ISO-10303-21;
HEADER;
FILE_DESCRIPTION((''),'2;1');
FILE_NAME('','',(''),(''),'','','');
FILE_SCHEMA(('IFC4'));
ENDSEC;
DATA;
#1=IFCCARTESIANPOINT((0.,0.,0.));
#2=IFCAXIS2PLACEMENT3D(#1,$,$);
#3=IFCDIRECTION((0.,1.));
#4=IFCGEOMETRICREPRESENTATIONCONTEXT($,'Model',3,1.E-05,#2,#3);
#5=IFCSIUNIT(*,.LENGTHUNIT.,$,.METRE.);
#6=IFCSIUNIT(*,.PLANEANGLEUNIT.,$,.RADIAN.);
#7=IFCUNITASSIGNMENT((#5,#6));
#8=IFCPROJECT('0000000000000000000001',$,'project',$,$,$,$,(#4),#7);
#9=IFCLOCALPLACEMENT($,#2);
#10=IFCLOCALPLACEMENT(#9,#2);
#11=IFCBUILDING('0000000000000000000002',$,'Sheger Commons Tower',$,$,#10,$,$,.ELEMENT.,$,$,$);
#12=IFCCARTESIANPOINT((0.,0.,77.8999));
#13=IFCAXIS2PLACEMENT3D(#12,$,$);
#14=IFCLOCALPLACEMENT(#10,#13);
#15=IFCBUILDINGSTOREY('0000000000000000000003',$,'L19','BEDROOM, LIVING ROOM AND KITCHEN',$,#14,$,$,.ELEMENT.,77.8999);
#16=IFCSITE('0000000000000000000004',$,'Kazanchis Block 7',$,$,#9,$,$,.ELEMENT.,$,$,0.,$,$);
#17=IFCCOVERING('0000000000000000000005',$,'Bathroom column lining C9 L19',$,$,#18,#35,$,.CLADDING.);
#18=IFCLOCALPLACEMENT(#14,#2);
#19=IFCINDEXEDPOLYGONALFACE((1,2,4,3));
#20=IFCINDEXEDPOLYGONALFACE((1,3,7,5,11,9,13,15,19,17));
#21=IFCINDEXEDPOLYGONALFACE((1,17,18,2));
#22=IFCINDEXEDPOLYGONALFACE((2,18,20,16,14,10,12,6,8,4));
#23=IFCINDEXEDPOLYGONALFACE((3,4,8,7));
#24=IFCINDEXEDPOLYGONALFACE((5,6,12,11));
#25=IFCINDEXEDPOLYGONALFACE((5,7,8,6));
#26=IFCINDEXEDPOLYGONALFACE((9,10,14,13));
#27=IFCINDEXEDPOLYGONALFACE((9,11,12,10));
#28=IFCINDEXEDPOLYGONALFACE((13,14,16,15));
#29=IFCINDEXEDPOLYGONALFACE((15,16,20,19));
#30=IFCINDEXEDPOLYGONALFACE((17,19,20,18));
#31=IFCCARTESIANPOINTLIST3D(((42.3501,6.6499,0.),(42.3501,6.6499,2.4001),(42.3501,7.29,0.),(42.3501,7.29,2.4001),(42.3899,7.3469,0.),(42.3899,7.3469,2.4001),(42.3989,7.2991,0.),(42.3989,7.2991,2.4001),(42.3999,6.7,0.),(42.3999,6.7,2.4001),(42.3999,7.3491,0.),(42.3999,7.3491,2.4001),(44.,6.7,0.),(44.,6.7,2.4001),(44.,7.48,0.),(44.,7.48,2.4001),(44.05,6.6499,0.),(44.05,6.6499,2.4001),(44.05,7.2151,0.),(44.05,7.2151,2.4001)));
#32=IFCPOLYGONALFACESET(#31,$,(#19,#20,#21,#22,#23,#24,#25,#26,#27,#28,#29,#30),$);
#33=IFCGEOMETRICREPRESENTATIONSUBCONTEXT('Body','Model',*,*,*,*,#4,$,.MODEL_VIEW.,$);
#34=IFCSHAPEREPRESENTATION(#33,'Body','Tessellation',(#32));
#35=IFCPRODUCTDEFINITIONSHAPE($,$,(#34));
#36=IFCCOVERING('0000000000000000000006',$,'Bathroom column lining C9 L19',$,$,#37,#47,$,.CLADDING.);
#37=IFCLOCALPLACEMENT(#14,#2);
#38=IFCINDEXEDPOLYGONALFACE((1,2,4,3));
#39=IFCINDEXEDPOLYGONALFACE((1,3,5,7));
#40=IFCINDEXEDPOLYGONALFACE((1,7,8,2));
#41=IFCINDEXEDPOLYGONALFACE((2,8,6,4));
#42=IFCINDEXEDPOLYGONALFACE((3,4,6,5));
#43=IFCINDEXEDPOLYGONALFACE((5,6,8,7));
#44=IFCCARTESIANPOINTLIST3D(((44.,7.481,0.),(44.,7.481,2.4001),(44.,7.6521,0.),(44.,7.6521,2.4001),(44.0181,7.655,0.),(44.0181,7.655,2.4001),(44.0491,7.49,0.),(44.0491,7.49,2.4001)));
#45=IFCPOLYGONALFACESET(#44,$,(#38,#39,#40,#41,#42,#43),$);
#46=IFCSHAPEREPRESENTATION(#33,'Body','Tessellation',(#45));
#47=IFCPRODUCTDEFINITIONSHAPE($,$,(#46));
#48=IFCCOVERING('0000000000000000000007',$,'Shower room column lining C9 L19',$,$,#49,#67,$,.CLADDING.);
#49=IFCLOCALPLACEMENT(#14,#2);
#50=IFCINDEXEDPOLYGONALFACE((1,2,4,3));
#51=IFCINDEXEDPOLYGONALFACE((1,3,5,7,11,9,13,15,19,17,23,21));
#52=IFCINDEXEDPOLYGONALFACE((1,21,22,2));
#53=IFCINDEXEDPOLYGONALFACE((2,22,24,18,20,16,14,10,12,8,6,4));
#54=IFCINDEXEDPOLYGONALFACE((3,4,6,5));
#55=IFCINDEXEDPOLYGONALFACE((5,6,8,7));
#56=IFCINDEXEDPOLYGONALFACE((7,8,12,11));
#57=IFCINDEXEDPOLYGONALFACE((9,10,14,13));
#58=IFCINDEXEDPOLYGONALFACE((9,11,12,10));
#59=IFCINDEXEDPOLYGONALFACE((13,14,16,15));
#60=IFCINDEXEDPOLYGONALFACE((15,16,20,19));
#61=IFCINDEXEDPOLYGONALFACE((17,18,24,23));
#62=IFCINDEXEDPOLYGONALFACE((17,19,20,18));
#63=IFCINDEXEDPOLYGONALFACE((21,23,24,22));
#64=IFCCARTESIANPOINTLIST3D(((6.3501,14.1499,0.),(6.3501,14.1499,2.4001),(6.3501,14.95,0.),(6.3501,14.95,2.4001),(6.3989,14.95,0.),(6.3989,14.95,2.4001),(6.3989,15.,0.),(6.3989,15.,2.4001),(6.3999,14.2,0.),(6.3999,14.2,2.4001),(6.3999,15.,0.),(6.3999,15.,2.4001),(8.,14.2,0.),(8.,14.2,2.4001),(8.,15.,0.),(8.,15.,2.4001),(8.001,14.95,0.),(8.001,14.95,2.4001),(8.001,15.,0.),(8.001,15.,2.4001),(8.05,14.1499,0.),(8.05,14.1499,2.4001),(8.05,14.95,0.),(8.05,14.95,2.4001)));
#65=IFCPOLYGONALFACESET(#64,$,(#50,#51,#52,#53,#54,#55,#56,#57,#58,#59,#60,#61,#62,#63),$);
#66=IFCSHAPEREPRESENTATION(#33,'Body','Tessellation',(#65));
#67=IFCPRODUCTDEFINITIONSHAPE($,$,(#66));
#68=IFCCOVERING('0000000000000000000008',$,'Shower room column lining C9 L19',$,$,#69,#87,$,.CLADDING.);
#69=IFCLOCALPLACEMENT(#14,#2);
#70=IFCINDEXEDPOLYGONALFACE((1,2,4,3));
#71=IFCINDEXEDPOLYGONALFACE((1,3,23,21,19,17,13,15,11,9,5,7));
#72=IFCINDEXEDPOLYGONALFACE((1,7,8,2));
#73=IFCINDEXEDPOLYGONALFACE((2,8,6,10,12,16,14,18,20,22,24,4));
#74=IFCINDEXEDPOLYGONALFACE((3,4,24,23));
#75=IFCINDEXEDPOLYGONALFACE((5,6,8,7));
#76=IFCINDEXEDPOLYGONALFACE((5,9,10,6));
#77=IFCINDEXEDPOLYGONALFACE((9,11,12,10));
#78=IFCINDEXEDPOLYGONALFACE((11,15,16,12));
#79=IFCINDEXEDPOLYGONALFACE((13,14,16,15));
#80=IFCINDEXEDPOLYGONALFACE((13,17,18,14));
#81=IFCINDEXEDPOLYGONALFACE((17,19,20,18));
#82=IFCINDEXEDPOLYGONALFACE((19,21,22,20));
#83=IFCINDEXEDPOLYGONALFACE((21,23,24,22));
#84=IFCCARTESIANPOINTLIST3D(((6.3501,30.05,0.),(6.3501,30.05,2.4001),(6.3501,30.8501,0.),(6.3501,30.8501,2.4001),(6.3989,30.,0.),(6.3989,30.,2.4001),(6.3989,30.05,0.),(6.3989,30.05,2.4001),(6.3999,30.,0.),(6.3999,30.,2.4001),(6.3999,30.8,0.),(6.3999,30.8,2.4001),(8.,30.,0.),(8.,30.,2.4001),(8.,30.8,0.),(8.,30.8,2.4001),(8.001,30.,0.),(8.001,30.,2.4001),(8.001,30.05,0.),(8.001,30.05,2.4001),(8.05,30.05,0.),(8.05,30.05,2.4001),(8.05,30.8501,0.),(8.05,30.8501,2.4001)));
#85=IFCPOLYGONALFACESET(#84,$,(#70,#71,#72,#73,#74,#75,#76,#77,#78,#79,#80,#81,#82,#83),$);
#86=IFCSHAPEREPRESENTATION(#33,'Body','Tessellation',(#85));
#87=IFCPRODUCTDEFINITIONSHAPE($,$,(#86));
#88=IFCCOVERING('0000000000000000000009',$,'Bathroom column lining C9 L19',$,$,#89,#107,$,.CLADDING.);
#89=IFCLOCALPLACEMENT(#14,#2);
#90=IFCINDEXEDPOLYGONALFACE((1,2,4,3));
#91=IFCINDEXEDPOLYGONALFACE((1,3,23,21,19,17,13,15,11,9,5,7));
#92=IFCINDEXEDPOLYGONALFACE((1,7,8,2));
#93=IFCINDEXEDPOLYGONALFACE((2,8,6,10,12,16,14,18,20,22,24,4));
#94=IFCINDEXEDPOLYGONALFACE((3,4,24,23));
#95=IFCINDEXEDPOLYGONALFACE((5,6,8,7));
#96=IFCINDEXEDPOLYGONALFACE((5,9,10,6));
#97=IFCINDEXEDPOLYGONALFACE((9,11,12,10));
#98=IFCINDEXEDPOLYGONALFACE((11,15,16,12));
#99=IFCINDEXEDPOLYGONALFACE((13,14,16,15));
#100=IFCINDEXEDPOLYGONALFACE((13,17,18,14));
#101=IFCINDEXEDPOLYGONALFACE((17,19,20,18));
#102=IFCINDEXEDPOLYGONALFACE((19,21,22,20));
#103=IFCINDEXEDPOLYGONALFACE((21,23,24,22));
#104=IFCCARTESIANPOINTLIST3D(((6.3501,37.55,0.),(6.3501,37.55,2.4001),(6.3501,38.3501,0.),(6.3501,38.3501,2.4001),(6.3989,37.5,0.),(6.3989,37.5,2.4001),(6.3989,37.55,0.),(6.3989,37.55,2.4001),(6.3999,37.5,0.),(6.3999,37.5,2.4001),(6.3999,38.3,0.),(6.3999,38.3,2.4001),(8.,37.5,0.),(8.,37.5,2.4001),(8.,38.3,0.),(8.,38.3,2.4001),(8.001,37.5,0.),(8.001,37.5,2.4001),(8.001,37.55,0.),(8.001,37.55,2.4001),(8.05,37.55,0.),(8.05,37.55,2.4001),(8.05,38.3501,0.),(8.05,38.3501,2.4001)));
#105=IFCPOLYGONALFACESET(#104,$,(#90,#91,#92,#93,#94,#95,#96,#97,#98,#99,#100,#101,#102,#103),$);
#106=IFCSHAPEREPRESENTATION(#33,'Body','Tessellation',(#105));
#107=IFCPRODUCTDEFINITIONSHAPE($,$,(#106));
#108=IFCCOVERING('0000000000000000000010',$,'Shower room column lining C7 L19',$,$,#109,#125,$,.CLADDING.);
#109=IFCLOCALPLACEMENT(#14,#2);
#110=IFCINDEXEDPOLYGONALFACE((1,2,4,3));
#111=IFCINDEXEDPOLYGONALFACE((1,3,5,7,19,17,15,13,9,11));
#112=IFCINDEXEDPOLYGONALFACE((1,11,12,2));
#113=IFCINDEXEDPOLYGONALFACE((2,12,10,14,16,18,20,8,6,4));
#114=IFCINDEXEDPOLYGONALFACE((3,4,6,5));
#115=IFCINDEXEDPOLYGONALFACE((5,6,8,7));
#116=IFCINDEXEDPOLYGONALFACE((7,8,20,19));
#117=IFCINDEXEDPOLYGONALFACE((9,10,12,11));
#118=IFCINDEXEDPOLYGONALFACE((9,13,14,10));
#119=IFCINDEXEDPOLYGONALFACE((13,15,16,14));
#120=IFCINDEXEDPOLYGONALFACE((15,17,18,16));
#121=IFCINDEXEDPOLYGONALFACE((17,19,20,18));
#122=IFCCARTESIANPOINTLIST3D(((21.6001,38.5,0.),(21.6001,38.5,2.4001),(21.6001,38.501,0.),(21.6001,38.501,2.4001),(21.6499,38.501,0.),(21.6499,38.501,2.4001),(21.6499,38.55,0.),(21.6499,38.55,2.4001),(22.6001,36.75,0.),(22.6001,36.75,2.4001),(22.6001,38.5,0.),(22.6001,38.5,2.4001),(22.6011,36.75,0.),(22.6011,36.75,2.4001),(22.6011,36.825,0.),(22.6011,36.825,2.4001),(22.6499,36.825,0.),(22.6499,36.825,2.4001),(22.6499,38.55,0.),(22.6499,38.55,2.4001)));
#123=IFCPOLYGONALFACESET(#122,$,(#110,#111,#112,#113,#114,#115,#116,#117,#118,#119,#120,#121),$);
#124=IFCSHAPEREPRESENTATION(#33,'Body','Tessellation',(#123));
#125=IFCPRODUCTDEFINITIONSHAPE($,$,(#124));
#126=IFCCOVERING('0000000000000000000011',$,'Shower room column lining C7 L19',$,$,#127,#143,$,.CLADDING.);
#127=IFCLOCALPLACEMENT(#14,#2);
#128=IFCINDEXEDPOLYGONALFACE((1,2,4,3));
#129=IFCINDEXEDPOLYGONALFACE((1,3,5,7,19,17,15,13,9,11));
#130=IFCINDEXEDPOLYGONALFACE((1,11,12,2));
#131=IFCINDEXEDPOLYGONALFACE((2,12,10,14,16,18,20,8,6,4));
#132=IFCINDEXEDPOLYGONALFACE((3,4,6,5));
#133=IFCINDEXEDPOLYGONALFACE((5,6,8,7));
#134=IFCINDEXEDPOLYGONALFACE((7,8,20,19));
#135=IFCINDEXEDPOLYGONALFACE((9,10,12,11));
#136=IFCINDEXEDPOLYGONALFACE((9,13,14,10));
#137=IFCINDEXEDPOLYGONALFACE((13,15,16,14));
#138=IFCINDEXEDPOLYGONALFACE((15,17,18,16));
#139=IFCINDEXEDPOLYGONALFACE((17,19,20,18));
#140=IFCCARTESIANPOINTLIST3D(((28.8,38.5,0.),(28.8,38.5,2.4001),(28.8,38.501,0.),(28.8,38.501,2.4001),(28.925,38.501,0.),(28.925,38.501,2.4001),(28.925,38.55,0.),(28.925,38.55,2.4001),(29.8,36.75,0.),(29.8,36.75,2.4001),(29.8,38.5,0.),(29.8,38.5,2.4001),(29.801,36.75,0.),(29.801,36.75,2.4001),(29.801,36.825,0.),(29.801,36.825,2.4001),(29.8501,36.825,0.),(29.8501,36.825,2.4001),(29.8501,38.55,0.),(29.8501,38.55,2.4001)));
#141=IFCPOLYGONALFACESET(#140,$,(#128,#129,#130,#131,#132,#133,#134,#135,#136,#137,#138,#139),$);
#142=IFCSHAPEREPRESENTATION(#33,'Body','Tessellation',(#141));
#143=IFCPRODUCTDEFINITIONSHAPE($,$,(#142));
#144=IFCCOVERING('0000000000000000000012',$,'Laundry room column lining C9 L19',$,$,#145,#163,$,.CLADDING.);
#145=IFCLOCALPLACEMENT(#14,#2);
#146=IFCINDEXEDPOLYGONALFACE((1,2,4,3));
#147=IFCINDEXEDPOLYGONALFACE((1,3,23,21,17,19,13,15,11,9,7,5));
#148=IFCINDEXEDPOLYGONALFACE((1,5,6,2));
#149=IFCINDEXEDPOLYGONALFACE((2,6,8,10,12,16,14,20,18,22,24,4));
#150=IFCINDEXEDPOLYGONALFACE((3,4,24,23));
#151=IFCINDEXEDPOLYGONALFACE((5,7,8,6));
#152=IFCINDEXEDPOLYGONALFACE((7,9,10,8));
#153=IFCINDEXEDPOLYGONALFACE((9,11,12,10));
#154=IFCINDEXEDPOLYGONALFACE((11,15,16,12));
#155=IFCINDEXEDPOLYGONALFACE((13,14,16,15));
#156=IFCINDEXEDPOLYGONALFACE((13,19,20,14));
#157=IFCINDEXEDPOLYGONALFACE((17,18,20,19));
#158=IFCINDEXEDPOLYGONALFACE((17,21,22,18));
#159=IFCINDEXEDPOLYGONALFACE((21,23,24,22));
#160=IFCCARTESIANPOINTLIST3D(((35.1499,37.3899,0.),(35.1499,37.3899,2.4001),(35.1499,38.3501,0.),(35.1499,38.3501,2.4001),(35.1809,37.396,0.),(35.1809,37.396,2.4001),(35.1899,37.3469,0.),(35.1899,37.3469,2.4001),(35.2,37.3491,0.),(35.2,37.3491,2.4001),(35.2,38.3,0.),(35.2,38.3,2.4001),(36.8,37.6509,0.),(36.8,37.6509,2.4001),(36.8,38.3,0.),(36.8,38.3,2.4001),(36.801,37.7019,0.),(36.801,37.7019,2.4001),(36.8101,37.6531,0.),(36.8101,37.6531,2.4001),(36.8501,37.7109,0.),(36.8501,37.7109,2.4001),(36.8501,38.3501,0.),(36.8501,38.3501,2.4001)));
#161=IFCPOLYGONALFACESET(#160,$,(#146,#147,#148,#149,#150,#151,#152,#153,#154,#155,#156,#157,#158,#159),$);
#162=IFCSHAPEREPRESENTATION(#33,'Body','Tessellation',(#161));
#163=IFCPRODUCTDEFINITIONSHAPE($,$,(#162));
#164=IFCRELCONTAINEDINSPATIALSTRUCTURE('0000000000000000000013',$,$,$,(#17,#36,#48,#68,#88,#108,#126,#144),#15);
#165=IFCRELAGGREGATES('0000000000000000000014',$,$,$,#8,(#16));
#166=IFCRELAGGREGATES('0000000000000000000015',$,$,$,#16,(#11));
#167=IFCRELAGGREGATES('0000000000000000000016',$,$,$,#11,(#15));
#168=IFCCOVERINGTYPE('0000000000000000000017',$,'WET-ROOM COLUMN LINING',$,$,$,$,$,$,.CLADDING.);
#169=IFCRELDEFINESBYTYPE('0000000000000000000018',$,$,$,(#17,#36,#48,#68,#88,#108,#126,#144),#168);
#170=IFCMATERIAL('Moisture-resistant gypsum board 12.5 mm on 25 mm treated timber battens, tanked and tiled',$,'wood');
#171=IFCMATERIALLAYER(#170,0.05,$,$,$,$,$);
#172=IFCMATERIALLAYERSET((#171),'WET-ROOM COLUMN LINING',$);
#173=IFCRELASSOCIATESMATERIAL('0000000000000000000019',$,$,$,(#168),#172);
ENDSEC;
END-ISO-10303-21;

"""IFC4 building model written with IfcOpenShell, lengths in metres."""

from ifc_helpers import new_model, si_unit, direction, frame, origin, place, context, subcontext, project, spatial, polyline, outline, extrude, material, layer, layer_set, type_object, element, save


model = new_model("IFC4")

# Units and contexts
model_context = context("Model", 3, precision=1e-05, world=origin(), true_north=direction((0.0, 1.0)))
body_context = subcontext(model_context, "Body", "Model", "MODEL_VIEW")
ifc_project = project(units=[si_unit("LENGTHUNIT", "METRE"), si_unit("PLANEANGLEUNIT", "RADIAN")], contexts=[model_context])

# Site, building, storey
site_placement = place(None, origin())
site = spatial("IfcSite", under=ifc_project, at=site_placement, Name="Kazanchis Block 7", CompositionType="ELEMENT", RefElevation=0.0)
building_placement = place(site_placement, origin())
building = spatial("IfcBuilding", under=site, at=building_placement, Name="Sheger Commons Tower", CompositionType="ELEMENT")
storey_placement = place(building_placement, frame((0.0, 0.0, 77.8999)))
storey = spatial("IfcBuildingStorey", under=building, at=storey_placement, Name="L19", Description="BEDROOM, LIVING ROOM AND KITCHEN", CompositionType="ELEMENT", Elevation=77.8999)

# Coverings
ifc_material_1 = material(Name="Moisture-resistant gypsum board 12.5 mm on 25 mm treated timber battens, tanked and tiled", Category="wood")
ifc_layer_1 = layer(ifc_material_1, 0.05)
ifc_layer_set_1 = layer_set([ifc_layer_1], Name="WET-ROOM COLUMN LINING")
covering_type_1 = type_object("IfcCoveringType", Name="WET-ROOM COLUMN LINING", PredefinedType="CLADDING", material=ifc_layer_set_1)
covering_1_placement = place(storey_placement, origin())
element("IfcCovering", 1, at=covering_1_placement, inside=storey, type_object=covering_type_1, Name="Bathroom column lining C9 L19", PredefinedType="CLADDING", context=body_context, shape_type="SweptSolid", body=[
    extrude(outline(polyline([(42.3999, 7.3491), (42.3999, 6.7), (44.0, 6.7), (44.0, 7.48), (44.05, 7.2151), (44.05, 6.6499), (42.3501, 6.6499), (42.3501, 7.29), (42.3989, 7.2991), (42.3899, 7.3469), (42.3999, 7.3491)])), origin(), (0.0, 0.0, 1.0), 2.4001),
])
covering_2_placement = place(storey_placement, origin())
element("IfcCovering", 2, at=covering_2_placement, inside=storey, type_object=covering_type_1, Name="Bathroom column lining C9 L19", PredefinedType="CLADDING", context=body_context, shape_type="SweptSolid", body=[
    extrude(outline(polyline([(44.0, 7.6521), (44.0181, 7.655), (44.0491, 7.49), (44.0, 7.481), (44.0, 7.6521)])), origin(), (0.0, 0.0, 1.0), 2.4001),
])
covering_3_placement = place(storey_placement, origin())
element("IfcCovering", 3, at=covering_3_placement, inside=storey, type_object=covering_type_1, Name="Shower room column lining C9 L19", PredefinedType="CLADDING", context=body_context, shape_type="SweptSolid", body=[
    extrude(outline(polyline([(6.3999, 15.0), (6.3999, 14.2), (8.0, 14.2), (8.0, 15.0), (8.001, 15.0), (8.001, 14.95), (8.05, 14.95), (8.05, 14.1499), (6.3501, 14.1499), (6.3501, 14.95), (6.3989, 14.95), (6.3989, 15.0), (6.3999, 15.0)])), origin(), (0.0, 0.0, 1.0), 2.4001),
])
covering_4_placement = place(storey_placement, origin())
element("IfcCovering", 4, at=covering_4_placement, inside=storey, type_object=covering_type_1, Name="Shower room column lining C9 L19", PredefinedType="CLADDING", context=body_context, shape_type="SweptSolid", body=[
    extrude(outline(polyline([(8.05, 30.8501), (8.05, 30.05), (8.001, 30.05), (8.001, 30.0), (8.0, 30.0), (8.0, 30.8), (6.3999, 30.8), (6.3999, 30.0), (6.3989, 30.0), (6.3989, 30.05), (6.3501, 30.05), (6.3501, 30.8501), (8.05, 30.8501)])), origin(), (0.0, 0.0, 1.0), 2.4001),
])
covering_5_placement = place(storey_placement, origin())
element("IfcCovering", 5, at=covering_5_placement, inside=storey, type_object=covering_type_1, Name="Bathroom column lining C9 L19", PredefinedType="CLADDING", context=body_context, shape_type="SweptSolid", body=[
    extrude(outline(polyline([(8.05, 38.3501), (8.05, 37.55), (8.001, 37.55), (8.001, 37.5), (8.0, 37.5), (8.0, 38.3), (6.3999, 38.3), (6.3999, 37.5), (6.3989, 37.5), (6.3989, 37.55), (6.3501, 37.55), (6.3501, 38.3501), (8.05, 38.3501)])), origin(), (0.0, 0.0, 1.0), 2.4001),
])
covering_6_placement = place(storey_placement, origin())
element("IfcCovering", 6, at=covering_6_placement, inside=storey, type_object=covering_type_1, Name="Shower room column lining C7 L19", PredefinedType="CLADDING", context=body_context, shape_type="SweptSolid", body=[
    extrude(outline(polyline([(22.6499, 36.825), (22.6011, 36.825), (22.6011, 36.75), (22.6001, 36.75), (22.6001, 38.5), (21.6001, 38.5), (21.6001, 38.501), (21.6499, 38.501), (21.6499, 38.55), (22.6499, 38.55), (22.6499, 36.825)])), origin(), (0.0, 0.0, 1.0), 2.4001),
])
covering_7_placement = place(storey_placement, origin())
element("IfcCovering", 7, at=covering_7_placement, inside=storey, type_object=covering_type_1, Name="Shower room column lining C7 L19", PredefinedType="CLADDING", context=body_context, shape_type="SweptSolid", body=[
    extrude(outline(polyline([(29.8501, 36.825), (29.801, 36.825), (29.801, 36.75), (29.8, 36.75), (29.8, 38.5), (28.8, 38.5), (28.8, 38.501), (28.925, 38.501), (28.925, 38.55), (29.8501, 38.55), (29.8501, 36.825)])), origin(), (0.0, 0.0, 1.0), 2.4001),
])
covering_8_placement = place(storey_placement, origin())
element("IfcCovering", 8, at=covering_8_placement, inside=storey, type_object=covering_type_1, Name="Laundry room column lining C9 L19", PredefinedType="CLADDING", context=body_context, shape_type="SweptSolid", body=[
    extrude(outline(polyline([(36.8501, 38.3501), (36.8501, 37.7109), (36.801, 37.7019), (36.8101, 37.6531), (36.8, 37.6509), (36.8, 38.3), (35.2, 38.3), (35.2, 37.3491), (35.1899, 37.3469), (35.1809, 37.396), (35.1499, 37.3899), (35.1499, 38.3501), (36.8501, 38.3501)])), origin(), (0.0, 0.0, 1.0), 2.4001),
])

save(model, "model.ifc")
